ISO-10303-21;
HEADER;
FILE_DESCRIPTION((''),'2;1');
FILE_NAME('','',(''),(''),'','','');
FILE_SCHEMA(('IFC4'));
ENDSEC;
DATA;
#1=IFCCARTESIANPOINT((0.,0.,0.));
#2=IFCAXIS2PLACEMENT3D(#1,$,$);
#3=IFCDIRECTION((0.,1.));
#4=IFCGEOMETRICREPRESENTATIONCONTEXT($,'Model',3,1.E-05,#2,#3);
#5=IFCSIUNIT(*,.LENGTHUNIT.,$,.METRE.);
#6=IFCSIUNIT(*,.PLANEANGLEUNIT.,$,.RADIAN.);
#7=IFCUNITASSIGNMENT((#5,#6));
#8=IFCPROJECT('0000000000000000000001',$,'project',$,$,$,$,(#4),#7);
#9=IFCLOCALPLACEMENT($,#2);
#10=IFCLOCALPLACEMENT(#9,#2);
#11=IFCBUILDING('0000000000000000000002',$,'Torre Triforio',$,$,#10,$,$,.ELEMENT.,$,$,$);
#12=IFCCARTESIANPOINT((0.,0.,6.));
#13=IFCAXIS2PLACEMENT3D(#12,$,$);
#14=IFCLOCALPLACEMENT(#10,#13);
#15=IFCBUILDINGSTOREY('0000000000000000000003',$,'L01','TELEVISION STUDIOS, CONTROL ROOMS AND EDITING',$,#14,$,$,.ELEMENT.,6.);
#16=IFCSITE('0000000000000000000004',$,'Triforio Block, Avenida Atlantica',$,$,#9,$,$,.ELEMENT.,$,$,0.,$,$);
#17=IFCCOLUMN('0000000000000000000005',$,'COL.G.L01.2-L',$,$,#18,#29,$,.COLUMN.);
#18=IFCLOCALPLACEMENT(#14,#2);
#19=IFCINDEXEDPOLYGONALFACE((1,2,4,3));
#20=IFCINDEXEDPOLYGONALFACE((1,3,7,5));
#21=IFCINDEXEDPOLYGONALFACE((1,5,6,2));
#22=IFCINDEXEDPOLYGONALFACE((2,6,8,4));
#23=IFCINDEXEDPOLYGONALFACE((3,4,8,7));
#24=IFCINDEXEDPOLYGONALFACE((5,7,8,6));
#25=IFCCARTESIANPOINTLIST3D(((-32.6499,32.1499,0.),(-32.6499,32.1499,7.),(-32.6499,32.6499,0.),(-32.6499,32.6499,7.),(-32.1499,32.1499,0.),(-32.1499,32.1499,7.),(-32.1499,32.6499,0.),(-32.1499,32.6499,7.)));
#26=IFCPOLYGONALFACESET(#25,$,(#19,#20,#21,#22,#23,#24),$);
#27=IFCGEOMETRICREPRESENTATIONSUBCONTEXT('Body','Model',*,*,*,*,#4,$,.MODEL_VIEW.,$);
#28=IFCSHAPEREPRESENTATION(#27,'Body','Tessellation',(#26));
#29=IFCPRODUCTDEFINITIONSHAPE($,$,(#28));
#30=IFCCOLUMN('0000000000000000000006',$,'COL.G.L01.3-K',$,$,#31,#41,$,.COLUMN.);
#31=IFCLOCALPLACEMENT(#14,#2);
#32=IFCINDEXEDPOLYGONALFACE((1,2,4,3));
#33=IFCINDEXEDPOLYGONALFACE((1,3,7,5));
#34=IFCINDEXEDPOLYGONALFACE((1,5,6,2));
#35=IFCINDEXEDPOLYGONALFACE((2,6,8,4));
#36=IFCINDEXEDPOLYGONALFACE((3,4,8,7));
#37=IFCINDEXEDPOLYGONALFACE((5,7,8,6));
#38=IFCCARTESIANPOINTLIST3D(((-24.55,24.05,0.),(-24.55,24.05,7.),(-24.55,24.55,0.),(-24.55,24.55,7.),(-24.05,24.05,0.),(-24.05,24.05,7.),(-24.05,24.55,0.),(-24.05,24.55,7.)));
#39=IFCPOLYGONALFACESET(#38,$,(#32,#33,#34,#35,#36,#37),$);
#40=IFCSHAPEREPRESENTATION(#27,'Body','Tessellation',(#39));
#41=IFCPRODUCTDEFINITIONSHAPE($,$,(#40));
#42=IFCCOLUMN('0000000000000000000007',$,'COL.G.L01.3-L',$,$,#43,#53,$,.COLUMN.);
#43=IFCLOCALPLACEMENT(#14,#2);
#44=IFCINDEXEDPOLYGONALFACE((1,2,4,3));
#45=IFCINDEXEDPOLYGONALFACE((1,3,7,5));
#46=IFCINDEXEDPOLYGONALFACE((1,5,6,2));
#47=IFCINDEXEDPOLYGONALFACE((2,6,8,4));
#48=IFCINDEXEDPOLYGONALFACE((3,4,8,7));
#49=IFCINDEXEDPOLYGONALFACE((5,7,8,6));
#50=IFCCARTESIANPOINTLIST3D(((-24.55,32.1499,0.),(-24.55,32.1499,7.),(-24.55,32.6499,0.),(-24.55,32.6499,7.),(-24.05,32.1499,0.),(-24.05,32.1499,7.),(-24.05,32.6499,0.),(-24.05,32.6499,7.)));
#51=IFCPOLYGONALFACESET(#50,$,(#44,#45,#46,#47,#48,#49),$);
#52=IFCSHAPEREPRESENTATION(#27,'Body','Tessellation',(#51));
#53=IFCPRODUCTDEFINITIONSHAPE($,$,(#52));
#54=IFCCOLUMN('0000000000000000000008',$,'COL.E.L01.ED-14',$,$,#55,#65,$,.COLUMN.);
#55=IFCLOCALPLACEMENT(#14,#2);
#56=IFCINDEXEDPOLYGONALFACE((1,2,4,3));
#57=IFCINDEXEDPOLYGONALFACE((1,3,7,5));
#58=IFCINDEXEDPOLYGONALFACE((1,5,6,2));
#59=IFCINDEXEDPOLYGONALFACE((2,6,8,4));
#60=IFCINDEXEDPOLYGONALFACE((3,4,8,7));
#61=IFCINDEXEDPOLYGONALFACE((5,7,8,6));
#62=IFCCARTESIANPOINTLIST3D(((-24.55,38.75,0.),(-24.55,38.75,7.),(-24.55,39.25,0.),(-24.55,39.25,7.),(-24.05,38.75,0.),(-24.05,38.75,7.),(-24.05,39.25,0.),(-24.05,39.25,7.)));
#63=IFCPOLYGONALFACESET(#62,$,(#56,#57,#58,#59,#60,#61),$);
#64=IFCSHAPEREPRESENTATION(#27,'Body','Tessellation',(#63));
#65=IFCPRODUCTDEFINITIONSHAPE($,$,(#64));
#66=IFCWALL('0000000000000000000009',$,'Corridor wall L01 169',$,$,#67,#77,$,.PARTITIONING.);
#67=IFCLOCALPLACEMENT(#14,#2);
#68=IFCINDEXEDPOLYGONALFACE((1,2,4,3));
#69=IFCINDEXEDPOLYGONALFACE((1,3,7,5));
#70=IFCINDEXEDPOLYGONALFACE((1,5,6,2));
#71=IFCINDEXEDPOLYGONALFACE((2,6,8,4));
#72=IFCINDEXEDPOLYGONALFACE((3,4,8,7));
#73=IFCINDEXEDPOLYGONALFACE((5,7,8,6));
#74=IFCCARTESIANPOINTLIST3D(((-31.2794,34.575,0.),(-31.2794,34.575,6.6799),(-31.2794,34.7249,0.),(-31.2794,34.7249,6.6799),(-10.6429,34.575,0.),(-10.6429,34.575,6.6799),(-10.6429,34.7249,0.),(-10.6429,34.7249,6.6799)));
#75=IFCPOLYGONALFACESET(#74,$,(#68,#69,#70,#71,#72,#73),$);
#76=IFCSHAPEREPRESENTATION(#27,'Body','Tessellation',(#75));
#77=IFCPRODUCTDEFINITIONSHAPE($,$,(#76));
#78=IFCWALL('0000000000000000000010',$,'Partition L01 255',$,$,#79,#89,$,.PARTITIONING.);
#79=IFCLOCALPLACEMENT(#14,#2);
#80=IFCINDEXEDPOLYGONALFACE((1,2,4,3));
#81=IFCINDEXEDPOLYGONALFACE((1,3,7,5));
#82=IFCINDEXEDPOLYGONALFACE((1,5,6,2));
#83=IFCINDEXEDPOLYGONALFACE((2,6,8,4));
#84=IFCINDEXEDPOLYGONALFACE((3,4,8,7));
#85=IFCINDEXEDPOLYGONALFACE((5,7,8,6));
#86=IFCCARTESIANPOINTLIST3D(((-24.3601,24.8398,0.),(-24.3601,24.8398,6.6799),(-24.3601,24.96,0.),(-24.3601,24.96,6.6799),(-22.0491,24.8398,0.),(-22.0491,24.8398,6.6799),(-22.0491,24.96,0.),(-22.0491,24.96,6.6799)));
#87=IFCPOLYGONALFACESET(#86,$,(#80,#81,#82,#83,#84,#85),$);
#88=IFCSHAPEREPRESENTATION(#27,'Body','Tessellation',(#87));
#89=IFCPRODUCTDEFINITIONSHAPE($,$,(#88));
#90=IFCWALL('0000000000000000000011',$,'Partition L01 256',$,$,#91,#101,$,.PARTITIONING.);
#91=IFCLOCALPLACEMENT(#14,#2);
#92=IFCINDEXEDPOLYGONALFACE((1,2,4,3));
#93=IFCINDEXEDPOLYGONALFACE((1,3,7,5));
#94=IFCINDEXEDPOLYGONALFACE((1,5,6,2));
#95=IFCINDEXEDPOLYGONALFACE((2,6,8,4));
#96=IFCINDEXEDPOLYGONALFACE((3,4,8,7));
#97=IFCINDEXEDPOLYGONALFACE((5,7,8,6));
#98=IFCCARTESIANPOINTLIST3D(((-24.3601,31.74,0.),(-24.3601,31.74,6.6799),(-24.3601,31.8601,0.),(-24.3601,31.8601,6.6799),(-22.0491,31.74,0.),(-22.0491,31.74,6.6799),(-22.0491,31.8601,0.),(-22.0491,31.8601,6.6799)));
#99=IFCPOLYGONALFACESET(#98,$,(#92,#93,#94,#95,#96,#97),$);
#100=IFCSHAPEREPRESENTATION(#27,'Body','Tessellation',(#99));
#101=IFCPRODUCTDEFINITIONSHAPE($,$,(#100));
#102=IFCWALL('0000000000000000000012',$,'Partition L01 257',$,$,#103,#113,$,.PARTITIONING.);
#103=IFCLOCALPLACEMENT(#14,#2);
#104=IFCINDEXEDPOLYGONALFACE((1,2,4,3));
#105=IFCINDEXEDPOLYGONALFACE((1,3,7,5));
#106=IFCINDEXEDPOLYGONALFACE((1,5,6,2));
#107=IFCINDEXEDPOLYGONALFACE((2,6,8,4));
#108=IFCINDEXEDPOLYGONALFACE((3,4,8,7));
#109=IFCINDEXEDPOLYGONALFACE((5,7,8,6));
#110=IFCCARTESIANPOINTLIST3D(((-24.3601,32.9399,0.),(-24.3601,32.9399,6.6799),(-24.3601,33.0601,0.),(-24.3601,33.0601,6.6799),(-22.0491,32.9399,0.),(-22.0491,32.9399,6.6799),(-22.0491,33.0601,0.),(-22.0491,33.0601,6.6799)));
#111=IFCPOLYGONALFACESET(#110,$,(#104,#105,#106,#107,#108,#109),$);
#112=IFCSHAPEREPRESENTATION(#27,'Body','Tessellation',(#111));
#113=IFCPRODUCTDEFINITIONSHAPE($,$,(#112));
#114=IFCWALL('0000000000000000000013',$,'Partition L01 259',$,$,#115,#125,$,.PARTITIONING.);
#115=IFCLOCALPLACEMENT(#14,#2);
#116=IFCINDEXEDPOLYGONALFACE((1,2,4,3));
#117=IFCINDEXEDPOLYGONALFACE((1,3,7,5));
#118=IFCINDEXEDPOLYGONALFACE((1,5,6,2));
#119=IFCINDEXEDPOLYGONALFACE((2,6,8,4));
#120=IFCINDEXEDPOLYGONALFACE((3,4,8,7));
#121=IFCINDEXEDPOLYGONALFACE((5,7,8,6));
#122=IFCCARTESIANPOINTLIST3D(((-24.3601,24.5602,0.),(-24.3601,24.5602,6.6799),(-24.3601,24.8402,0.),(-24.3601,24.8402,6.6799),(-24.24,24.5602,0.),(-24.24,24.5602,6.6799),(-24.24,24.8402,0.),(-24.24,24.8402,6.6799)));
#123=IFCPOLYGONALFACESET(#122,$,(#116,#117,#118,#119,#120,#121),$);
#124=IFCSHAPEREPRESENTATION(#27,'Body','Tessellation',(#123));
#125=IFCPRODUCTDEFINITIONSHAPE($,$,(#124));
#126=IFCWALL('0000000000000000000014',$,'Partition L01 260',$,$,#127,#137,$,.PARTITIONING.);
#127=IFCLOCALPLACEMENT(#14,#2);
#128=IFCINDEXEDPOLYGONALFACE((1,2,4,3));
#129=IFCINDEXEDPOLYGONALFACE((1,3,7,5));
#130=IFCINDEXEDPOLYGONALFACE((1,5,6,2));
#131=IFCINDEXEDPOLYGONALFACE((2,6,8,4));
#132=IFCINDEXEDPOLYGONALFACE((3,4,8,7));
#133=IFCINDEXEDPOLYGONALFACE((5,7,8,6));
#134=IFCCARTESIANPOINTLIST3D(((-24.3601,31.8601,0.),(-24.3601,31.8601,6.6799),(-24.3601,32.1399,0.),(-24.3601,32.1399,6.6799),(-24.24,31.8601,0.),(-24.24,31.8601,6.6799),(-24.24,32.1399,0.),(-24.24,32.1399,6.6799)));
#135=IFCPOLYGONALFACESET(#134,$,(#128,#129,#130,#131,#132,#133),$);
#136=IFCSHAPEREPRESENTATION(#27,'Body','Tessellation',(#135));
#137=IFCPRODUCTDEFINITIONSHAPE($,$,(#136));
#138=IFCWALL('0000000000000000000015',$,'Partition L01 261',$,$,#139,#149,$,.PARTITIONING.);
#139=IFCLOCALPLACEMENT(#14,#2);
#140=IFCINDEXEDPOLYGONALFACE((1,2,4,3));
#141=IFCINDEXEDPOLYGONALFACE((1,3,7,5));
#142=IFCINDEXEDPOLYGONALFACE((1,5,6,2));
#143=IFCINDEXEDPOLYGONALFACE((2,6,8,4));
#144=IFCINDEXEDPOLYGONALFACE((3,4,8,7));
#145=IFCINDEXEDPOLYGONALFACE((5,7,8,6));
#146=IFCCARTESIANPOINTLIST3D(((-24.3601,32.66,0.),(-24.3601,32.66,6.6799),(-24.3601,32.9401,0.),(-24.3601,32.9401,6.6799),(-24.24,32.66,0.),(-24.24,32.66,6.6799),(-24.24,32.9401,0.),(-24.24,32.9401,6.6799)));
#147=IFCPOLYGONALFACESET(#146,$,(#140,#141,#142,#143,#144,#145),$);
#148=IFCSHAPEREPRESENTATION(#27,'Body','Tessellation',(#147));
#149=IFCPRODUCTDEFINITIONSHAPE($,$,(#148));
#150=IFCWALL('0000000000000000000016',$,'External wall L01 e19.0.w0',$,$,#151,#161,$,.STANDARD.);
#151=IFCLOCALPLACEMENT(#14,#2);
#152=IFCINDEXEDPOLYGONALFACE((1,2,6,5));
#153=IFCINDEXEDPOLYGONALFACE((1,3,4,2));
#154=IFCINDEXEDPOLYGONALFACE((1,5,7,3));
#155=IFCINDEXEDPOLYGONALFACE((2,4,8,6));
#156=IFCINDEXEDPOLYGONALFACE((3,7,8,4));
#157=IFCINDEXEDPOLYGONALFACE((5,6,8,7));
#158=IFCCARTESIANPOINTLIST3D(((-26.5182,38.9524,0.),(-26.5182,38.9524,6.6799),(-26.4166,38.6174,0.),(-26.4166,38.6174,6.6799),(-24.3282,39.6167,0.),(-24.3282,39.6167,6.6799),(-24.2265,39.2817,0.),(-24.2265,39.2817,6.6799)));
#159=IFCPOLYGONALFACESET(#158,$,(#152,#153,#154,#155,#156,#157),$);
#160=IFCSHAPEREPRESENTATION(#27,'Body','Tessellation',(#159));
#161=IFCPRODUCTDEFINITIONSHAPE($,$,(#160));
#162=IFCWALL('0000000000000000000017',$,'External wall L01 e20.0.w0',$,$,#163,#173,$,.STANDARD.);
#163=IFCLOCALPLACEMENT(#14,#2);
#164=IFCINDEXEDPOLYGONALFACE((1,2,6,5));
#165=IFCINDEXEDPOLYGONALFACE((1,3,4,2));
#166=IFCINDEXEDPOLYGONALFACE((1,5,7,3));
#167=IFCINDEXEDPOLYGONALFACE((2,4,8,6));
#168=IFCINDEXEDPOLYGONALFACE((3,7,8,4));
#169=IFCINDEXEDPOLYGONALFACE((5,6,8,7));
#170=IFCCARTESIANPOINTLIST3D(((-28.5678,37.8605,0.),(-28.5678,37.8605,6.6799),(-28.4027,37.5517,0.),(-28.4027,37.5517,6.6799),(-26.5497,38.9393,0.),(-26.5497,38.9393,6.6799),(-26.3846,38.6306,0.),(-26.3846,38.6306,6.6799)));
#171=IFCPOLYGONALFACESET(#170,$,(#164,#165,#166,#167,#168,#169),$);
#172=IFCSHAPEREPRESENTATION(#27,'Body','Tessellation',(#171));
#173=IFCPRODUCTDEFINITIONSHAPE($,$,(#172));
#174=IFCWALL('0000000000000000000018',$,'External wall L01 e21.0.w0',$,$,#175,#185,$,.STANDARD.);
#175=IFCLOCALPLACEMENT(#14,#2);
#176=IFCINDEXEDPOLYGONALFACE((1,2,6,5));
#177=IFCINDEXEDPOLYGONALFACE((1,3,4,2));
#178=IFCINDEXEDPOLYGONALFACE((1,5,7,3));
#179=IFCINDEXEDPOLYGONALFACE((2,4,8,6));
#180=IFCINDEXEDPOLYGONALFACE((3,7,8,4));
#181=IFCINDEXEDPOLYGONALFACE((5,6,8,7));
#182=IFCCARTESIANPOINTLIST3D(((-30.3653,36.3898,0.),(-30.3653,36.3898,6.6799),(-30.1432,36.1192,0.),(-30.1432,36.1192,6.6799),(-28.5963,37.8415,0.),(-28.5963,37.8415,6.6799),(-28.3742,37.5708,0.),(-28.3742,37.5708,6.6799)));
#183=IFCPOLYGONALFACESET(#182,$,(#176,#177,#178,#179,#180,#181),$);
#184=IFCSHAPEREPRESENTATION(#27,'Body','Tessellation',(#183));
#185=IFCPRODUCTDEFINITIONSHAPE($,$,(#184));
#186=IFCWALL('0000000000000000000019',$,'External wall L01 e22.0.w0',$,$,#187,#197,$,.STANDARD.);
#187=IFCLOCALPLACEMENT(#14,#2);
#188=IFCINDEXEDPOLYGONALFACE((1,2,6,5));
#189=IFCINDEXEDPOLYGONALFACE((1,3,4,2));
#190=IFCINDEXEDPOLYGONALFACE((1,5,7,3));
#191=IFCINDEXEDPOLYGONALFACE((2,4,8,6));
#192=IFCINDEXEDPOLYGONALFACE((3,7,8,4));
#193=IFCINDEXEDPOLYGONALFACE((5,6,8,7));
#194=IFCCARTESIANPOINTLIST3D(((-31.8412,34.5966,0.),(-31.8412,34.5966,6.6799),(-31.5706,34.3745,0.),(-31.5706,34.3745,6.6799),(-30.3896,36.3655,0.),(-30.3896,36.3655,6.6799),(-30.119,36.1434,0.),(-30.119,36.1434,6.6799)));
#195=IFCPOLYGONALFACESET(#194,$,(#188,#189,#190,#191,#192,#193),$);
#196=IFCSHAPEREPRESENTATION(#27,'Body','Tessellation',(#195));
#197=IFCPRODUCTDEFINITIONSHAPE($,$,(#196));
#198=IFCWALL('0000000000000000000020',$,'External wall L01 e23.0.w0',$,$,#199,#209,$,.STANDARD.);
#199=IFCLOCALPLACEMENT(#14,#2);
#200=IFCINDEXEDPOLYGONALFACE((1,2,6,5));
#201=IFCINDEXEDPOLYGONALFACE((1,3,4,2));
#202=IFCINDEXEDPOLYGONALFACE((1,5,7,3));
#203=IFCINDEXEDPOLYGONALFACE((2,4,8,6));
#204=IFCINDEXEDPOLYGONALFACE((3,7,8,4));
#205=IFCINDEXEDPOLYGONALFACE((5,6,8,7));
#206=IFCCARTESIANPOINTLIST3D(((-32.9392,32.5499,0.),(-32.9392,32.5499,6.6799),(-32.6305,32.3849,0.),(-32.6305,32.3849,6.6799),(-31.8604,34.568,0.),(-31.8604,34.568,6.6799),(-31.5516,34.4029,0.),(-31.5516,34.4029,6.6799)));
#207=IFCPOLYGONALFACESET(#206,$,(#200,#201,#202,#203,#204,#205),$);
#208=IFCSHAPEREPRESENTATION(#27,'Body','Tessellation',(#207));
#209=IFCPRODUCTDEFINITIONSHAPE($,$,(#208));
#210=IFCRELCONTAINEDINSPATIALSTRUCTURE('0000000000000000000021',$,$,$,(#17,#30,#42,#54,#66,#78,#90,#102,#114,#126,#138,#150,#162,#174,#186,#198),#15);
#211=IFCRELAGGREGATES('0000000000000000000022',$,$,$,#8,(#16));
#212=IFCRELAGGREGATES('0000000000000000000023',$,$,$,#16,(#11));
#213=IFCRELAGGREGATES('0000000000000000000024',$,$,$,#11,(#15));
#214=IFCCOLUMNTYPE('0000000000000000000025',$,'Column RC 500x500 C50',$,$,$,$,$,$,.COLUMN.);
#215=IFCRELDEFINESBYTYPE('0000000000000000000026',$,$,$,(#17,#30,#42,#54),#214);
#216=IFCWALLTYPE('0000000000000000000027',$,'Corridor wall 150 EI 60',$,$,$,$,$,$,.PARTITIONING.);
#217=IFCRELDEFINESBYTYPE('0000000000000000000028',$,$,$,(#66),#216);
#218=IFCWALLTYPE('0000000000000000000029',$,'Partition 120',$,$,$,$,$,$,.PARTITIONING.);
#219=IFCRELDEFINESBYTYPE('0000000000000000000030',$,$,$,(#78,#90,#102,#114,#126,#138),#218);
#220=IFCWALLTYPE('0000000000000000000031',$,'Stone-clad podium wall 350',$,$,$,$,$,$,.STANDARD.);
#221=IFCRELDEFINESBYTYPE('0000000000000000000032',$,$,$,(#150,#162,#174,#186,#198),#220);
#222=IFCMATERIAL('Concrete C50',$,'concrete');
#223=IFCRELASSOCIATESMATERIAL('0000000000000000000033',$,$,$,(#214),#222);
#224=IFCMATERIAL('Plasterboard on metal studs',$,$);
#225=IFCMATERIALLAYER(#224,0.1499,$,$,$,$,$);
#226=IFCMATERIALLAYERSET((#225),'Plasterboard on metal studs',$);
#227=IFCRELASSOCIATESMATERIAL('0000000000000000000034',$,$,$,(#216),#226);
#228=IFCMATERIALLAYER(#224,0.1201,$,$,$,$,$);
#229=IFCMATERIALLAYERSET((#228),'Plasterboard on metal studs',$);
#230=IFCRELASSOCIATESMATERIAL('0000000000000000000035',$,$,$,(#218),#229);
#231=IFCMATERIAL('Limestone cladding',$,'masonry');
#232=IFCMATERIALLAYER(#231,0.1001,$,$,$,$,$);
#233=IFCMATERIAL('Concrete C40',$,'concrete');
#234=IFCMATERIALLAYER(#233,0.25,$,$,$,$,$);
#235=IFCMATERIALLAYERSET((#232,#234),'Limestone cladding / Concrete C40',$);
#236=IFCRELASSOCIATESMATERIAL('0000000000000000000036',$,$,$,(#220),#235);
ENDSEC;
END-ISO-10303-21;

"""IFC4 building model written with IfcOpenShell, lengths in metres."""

from ifc_helpers import new_model, si_unit, direction, frame, frame_2d, origin, origin_2d, place, context, subcontext, project, spatial, rectangle, extrude, material, layer, layer_set, material_profile, profile_set, type_object, element, save


model = new_model("IFC4")

# Units and contexts
model_context = context("Model", 3, precision=1e-05, world=origin(), true_north=direction((0.0, 1.0)))
body_context = subcontext(model_context, "Body", "Model", "MODEL_VIEW")
ifc_project = project(units=[si_unit("LENGTHUNIT", "METRE"), si_unit("PLANEANGLEUNIT", "RADIAN")], contexts=[model_context])

# Site, building, storey
site_placement = place(None, origin())
site = spatial("IfcSite", under=ifc_project, at=site_placement, Name="Triforio Block, Avenida Atlantica", CompositionType="ELEMENT", RefElevation=0.0)
building_placement = place(site_placement, origin())
building = spatial("IfcBuilding", under=site, at=building_placement, Name="Torre Triforio", CompositionType="ELEMENT")
storey_placement = place(building_placement, frame((0.0, 0.0, 6.0)))
storey = spatial("IfcBuildingStorey", under=building, at=storey_placement, Name="L01", Description="TELEVISION STUDIOS, CONTROL ROOMS AND EDITING", CompositionType="ELEMENT", Elevation=6.0)

# Columns
ifc_material_1 = material(Name="Concrete C50", Category="concrete")
ifc_material_profile = material_profile(ifc_material_1, rectangle(XDim=0.5, YDim=0.5, at=origin_2d()), Name="RC 500x500")
ifc_profile_set = profile_set([ifc_material_profile], Name="Concrete C50")
column_type = type_object("IfcColumnType", Name="Column RC 500x500 C50", PredefinedType="COLUMN", material=ifc_profile_set)
for number, where, z_axis, x_axis, name in (
    (1, (-32.3999, 32.3999, 0.0), (0.0, 0.0, 1.0), (1.0, 0.0, 0.0), "COL.G.L01.2-L"),
    (2, (-24.3, 24.3, 0.0), (0.0, 0.0, 1.0), (1.0, 0.0, 0.0), "COL.G.L01.3-K"),
    (3, (-24.3, 32.3999, 0.0), (0.0, 0.0, 1.0), (1.0, 0.0, 0.0), "COL.G.L01.3-L"),
    (4, (-24.3, 39.0, 0.0), (0.0, 0.0, 1.0), (1.0, 0.0, 0.0), "COL.E.L01.ED-14"),
):
    element("IfcColumn", number, at=place(storey_placement, frame(where, z_axis=z_axis, x_axis=x_axis)), inside=storey, type_object=column_type, Name=name, PredefinedType="COLUMN", context=body_context, shape_type="SweptSolid", body=[
        extrude(rectangle(XDim=0.5, YDim=0.5, at=origin_2d()), origin(), (0.0, 0.0, 1.0), 7.0),
    ])

# Walls
ifc_material_2 = material(Name="Plasterboard on metal studs")
ifc_layer_1 = layer(ifc_material_2, 0.1499)
ifc_layer_set_1 = layer_set([ifc_layer_1], Name="Plasterboard on metal studs")
wall_type_1 = type_object("IfcWallType", Name="Corridor wall 150 EI 60", PredefinedType="PARTITIONING", material=ifc_layer_set_1)
wall_1_placement = place(storey_placement, frame((-31.2795, 34.6499, 0.0), z_axis=(0.0, 0.0, 1.0), x_axis=(1.0, 0.0, 0.0)))
element("IfcWall", 5, at=wall_1_placement, inside=storey, type_object=wall_type_1, Name="Corridor wall L01 169", PredefinedType="PARTITIONING", context=body_context, shape_type="SweptSolid", body=[
    extrude(rectangle(XDim=20.6365, YDim=0.1499, at=frame_2d((10.3184, 0.0))), origin(), (0.0, 0.0, 1.0), 6.6799),
])
ifc_layer_2 = layer(ifc_material_2, 0.1201)
ifc_layer_set_2 = layer_set([ifc_layer_2], Name="Plasterboard on metal studs")
wall_type_2 = type_object("IfcWallType", Name="Partition 120", PredefinedType="PARTITIONING", material=ifc_layer_set_2)
for number, where, z_axis, x_axis, name in (
    (6, (-24.3601, 24.8999, 0.0), (0.0, 0.0, 1.0), (1.0, 0.0, 0.0), "Partition L01 255"),
    (7, (-24.3601, 31.8, 0.0), (0.0, 0.0, 1.0), (1.0, 0.0, 0.0), "Partition L01 256"),
    (8, (-24.3601, 33.0, 0.0), (0.0, 0.0, 1.0), (1.0, 0.0, 0.0), "Partition L01 257"),
):
    element("IfcWall", number, at=place(storey_placement, frame(where, z_axis=z_axis, x_axis=x_axis)), inside=storey, type_object=wall_type_2, Name=name, PredefinedType="PARTITIONING", context=body_context, shape_type="SweptSolid", body=[
        extrude(rectangle(XDim=2.311, YDim=0.1201, at=frame_2d((1.1555, 0.0))), origin(), (0.0, 0.0, 1.0), 6.6799),
    ])
wall_2_placement = place(storey_placement, frame((-24.3, 24.5601, 0.0), z_axis=(0.0, 0.0, 1.0), x_axis=(0.0, 1.0, 0.0)))
element("IfcWall", 9, at=wall_2_placement, inside=storey, type_object=wall_type_2, Name="Partition L01 259", PredefinedType="PARTITIONING", context=body_context, shape_type="SweptSolid", body=[
    extrude(rectangle(XDim=0.28, YDim=0.1201, at=frame_2d((0.1401, 0.0))), origin(), (0.0, 0.0, 1.0), 6.6799),
])
wall_3_placement = place(storey_placement, frame((-24.3, 31.8601, 0.0), z_axis=(0.0, 0.0, 1.0), x_axis=(0.0, 1.0, 0.0)))
element("IfcWall", 10, at=wall_3_placement, inside=storey, type_object=wall_type_2, Name="Partition L01 260", PredefinedType="PARTITIONING", context=body_context, shape_type="SweptSolid", body=[
    extrude(rectangle(XDim=0.2798, YDim=0.1201, at=frame_2d((0.1399, 0.0))), origin(), (0.0, 0.0, 1.0), 6.6799),
])
wall_4_placement = place(storey_placement, frame((-24.3, 32.6599, 0.0), z_axis=(0.0, 0.0, 1.0), x_axis=(0.0, 1.0, 0.0)))
element("IfcWall", 11, at=wall_4_placement, inside=storey, type_object=wall_type_2, Name="Partition L01 261", PredefinedType="PARTITIONING", context=body_context, shape_type="SweptSolid", body=[
    extrude(rectangle(XDim=0.28, YDim=0.1201, at=frame_2d((0.1401, 0.0))), origin(), (0.0, 0.0, 1.0), 6.6799),
])
ifc_material_3 = material(Name="Limestone cladding", Category="masonry")
ifc_layer_3 = layer(ifc_material_3, 0.1001)
ifc_material_4 = material(Name="Concrete C40", Category="concrete")
ifc_layer_4 = layer(ifc_material_4, 0.25)
ifc_layer_set_3 = layer_set([ifc_layer_3, ifc_layer_4], Name="Limestone cladding / Concrete C40")
wall_type_3 = type_object("IfcWallType", Name="Stone-clad podium wall 350", PredefinedType="STANDARD", material=ifc_layer_set_3)
wall_5_placement = place(storey_placement, frame((-24.2773, 39.4492, 0.0), z_axis=(0.0, 0.0, 1.0), x_axis=(-0.956941, -0.290283, 0.0)))
element("IfcWall", 12, at=wall_5_placement, inside=storey, type_object=wall_type_3, Name="External wall L01 e19.0.w0", PredefinedType="STANDARD", context=body_context, shape_type="SweptSolid", body=[
    extrude(rectangle(XDim=2.2886, YDim=0.3501, at=frame_2d((1.1443, 0.0))), origin(), (0.0, 0.0, 1.0), 6.6799),
])
for number, where, z_axis, x_axis, name in (
    (13, (-26.4673, 38.7849, 0.0), (0.0, 0.0, 1.0), (-0.881889, -0.471457, 0.0), "External wall L01 e20.0.w0"),
    (14, (-28.4854, 37.7061, 0.0), (0.0, 0.0, 1.0), (-0.773044, -0.634353, 0.0), "External wall L01 e21.0.w0"),
    (15, (-30.2544, 36.2544, 0.0), (0.0, 0.0, 1.0), (-0.634353, -0.773044, 0.0), "External wall L01 e22.0.w0"),
    (16, (-31.7061, 34.4854, 0.0), (0.0, 0.0, 1.0), (-0.471457, -0.881889, 0.0), "External wall L01 e23.0.w0"),
):
    element("IfcWall", number, at=place(storey_placement, frame(where, z_axis=z_axis, x_axis=x_axis)), inside=storey, type_object=wall_type_3, Name=name, PredefinedType="STANDARD", context=body_context, shape_type="SweptSolid", body=[
        extrude(rectangle(XDim=2.2883, YDim=0.3501, at=frame_2d((1.144, 0.0))), origin(), (0.0, 0.0, 1.0), 6.6799),
    ])

save(model, "model.ifc")
